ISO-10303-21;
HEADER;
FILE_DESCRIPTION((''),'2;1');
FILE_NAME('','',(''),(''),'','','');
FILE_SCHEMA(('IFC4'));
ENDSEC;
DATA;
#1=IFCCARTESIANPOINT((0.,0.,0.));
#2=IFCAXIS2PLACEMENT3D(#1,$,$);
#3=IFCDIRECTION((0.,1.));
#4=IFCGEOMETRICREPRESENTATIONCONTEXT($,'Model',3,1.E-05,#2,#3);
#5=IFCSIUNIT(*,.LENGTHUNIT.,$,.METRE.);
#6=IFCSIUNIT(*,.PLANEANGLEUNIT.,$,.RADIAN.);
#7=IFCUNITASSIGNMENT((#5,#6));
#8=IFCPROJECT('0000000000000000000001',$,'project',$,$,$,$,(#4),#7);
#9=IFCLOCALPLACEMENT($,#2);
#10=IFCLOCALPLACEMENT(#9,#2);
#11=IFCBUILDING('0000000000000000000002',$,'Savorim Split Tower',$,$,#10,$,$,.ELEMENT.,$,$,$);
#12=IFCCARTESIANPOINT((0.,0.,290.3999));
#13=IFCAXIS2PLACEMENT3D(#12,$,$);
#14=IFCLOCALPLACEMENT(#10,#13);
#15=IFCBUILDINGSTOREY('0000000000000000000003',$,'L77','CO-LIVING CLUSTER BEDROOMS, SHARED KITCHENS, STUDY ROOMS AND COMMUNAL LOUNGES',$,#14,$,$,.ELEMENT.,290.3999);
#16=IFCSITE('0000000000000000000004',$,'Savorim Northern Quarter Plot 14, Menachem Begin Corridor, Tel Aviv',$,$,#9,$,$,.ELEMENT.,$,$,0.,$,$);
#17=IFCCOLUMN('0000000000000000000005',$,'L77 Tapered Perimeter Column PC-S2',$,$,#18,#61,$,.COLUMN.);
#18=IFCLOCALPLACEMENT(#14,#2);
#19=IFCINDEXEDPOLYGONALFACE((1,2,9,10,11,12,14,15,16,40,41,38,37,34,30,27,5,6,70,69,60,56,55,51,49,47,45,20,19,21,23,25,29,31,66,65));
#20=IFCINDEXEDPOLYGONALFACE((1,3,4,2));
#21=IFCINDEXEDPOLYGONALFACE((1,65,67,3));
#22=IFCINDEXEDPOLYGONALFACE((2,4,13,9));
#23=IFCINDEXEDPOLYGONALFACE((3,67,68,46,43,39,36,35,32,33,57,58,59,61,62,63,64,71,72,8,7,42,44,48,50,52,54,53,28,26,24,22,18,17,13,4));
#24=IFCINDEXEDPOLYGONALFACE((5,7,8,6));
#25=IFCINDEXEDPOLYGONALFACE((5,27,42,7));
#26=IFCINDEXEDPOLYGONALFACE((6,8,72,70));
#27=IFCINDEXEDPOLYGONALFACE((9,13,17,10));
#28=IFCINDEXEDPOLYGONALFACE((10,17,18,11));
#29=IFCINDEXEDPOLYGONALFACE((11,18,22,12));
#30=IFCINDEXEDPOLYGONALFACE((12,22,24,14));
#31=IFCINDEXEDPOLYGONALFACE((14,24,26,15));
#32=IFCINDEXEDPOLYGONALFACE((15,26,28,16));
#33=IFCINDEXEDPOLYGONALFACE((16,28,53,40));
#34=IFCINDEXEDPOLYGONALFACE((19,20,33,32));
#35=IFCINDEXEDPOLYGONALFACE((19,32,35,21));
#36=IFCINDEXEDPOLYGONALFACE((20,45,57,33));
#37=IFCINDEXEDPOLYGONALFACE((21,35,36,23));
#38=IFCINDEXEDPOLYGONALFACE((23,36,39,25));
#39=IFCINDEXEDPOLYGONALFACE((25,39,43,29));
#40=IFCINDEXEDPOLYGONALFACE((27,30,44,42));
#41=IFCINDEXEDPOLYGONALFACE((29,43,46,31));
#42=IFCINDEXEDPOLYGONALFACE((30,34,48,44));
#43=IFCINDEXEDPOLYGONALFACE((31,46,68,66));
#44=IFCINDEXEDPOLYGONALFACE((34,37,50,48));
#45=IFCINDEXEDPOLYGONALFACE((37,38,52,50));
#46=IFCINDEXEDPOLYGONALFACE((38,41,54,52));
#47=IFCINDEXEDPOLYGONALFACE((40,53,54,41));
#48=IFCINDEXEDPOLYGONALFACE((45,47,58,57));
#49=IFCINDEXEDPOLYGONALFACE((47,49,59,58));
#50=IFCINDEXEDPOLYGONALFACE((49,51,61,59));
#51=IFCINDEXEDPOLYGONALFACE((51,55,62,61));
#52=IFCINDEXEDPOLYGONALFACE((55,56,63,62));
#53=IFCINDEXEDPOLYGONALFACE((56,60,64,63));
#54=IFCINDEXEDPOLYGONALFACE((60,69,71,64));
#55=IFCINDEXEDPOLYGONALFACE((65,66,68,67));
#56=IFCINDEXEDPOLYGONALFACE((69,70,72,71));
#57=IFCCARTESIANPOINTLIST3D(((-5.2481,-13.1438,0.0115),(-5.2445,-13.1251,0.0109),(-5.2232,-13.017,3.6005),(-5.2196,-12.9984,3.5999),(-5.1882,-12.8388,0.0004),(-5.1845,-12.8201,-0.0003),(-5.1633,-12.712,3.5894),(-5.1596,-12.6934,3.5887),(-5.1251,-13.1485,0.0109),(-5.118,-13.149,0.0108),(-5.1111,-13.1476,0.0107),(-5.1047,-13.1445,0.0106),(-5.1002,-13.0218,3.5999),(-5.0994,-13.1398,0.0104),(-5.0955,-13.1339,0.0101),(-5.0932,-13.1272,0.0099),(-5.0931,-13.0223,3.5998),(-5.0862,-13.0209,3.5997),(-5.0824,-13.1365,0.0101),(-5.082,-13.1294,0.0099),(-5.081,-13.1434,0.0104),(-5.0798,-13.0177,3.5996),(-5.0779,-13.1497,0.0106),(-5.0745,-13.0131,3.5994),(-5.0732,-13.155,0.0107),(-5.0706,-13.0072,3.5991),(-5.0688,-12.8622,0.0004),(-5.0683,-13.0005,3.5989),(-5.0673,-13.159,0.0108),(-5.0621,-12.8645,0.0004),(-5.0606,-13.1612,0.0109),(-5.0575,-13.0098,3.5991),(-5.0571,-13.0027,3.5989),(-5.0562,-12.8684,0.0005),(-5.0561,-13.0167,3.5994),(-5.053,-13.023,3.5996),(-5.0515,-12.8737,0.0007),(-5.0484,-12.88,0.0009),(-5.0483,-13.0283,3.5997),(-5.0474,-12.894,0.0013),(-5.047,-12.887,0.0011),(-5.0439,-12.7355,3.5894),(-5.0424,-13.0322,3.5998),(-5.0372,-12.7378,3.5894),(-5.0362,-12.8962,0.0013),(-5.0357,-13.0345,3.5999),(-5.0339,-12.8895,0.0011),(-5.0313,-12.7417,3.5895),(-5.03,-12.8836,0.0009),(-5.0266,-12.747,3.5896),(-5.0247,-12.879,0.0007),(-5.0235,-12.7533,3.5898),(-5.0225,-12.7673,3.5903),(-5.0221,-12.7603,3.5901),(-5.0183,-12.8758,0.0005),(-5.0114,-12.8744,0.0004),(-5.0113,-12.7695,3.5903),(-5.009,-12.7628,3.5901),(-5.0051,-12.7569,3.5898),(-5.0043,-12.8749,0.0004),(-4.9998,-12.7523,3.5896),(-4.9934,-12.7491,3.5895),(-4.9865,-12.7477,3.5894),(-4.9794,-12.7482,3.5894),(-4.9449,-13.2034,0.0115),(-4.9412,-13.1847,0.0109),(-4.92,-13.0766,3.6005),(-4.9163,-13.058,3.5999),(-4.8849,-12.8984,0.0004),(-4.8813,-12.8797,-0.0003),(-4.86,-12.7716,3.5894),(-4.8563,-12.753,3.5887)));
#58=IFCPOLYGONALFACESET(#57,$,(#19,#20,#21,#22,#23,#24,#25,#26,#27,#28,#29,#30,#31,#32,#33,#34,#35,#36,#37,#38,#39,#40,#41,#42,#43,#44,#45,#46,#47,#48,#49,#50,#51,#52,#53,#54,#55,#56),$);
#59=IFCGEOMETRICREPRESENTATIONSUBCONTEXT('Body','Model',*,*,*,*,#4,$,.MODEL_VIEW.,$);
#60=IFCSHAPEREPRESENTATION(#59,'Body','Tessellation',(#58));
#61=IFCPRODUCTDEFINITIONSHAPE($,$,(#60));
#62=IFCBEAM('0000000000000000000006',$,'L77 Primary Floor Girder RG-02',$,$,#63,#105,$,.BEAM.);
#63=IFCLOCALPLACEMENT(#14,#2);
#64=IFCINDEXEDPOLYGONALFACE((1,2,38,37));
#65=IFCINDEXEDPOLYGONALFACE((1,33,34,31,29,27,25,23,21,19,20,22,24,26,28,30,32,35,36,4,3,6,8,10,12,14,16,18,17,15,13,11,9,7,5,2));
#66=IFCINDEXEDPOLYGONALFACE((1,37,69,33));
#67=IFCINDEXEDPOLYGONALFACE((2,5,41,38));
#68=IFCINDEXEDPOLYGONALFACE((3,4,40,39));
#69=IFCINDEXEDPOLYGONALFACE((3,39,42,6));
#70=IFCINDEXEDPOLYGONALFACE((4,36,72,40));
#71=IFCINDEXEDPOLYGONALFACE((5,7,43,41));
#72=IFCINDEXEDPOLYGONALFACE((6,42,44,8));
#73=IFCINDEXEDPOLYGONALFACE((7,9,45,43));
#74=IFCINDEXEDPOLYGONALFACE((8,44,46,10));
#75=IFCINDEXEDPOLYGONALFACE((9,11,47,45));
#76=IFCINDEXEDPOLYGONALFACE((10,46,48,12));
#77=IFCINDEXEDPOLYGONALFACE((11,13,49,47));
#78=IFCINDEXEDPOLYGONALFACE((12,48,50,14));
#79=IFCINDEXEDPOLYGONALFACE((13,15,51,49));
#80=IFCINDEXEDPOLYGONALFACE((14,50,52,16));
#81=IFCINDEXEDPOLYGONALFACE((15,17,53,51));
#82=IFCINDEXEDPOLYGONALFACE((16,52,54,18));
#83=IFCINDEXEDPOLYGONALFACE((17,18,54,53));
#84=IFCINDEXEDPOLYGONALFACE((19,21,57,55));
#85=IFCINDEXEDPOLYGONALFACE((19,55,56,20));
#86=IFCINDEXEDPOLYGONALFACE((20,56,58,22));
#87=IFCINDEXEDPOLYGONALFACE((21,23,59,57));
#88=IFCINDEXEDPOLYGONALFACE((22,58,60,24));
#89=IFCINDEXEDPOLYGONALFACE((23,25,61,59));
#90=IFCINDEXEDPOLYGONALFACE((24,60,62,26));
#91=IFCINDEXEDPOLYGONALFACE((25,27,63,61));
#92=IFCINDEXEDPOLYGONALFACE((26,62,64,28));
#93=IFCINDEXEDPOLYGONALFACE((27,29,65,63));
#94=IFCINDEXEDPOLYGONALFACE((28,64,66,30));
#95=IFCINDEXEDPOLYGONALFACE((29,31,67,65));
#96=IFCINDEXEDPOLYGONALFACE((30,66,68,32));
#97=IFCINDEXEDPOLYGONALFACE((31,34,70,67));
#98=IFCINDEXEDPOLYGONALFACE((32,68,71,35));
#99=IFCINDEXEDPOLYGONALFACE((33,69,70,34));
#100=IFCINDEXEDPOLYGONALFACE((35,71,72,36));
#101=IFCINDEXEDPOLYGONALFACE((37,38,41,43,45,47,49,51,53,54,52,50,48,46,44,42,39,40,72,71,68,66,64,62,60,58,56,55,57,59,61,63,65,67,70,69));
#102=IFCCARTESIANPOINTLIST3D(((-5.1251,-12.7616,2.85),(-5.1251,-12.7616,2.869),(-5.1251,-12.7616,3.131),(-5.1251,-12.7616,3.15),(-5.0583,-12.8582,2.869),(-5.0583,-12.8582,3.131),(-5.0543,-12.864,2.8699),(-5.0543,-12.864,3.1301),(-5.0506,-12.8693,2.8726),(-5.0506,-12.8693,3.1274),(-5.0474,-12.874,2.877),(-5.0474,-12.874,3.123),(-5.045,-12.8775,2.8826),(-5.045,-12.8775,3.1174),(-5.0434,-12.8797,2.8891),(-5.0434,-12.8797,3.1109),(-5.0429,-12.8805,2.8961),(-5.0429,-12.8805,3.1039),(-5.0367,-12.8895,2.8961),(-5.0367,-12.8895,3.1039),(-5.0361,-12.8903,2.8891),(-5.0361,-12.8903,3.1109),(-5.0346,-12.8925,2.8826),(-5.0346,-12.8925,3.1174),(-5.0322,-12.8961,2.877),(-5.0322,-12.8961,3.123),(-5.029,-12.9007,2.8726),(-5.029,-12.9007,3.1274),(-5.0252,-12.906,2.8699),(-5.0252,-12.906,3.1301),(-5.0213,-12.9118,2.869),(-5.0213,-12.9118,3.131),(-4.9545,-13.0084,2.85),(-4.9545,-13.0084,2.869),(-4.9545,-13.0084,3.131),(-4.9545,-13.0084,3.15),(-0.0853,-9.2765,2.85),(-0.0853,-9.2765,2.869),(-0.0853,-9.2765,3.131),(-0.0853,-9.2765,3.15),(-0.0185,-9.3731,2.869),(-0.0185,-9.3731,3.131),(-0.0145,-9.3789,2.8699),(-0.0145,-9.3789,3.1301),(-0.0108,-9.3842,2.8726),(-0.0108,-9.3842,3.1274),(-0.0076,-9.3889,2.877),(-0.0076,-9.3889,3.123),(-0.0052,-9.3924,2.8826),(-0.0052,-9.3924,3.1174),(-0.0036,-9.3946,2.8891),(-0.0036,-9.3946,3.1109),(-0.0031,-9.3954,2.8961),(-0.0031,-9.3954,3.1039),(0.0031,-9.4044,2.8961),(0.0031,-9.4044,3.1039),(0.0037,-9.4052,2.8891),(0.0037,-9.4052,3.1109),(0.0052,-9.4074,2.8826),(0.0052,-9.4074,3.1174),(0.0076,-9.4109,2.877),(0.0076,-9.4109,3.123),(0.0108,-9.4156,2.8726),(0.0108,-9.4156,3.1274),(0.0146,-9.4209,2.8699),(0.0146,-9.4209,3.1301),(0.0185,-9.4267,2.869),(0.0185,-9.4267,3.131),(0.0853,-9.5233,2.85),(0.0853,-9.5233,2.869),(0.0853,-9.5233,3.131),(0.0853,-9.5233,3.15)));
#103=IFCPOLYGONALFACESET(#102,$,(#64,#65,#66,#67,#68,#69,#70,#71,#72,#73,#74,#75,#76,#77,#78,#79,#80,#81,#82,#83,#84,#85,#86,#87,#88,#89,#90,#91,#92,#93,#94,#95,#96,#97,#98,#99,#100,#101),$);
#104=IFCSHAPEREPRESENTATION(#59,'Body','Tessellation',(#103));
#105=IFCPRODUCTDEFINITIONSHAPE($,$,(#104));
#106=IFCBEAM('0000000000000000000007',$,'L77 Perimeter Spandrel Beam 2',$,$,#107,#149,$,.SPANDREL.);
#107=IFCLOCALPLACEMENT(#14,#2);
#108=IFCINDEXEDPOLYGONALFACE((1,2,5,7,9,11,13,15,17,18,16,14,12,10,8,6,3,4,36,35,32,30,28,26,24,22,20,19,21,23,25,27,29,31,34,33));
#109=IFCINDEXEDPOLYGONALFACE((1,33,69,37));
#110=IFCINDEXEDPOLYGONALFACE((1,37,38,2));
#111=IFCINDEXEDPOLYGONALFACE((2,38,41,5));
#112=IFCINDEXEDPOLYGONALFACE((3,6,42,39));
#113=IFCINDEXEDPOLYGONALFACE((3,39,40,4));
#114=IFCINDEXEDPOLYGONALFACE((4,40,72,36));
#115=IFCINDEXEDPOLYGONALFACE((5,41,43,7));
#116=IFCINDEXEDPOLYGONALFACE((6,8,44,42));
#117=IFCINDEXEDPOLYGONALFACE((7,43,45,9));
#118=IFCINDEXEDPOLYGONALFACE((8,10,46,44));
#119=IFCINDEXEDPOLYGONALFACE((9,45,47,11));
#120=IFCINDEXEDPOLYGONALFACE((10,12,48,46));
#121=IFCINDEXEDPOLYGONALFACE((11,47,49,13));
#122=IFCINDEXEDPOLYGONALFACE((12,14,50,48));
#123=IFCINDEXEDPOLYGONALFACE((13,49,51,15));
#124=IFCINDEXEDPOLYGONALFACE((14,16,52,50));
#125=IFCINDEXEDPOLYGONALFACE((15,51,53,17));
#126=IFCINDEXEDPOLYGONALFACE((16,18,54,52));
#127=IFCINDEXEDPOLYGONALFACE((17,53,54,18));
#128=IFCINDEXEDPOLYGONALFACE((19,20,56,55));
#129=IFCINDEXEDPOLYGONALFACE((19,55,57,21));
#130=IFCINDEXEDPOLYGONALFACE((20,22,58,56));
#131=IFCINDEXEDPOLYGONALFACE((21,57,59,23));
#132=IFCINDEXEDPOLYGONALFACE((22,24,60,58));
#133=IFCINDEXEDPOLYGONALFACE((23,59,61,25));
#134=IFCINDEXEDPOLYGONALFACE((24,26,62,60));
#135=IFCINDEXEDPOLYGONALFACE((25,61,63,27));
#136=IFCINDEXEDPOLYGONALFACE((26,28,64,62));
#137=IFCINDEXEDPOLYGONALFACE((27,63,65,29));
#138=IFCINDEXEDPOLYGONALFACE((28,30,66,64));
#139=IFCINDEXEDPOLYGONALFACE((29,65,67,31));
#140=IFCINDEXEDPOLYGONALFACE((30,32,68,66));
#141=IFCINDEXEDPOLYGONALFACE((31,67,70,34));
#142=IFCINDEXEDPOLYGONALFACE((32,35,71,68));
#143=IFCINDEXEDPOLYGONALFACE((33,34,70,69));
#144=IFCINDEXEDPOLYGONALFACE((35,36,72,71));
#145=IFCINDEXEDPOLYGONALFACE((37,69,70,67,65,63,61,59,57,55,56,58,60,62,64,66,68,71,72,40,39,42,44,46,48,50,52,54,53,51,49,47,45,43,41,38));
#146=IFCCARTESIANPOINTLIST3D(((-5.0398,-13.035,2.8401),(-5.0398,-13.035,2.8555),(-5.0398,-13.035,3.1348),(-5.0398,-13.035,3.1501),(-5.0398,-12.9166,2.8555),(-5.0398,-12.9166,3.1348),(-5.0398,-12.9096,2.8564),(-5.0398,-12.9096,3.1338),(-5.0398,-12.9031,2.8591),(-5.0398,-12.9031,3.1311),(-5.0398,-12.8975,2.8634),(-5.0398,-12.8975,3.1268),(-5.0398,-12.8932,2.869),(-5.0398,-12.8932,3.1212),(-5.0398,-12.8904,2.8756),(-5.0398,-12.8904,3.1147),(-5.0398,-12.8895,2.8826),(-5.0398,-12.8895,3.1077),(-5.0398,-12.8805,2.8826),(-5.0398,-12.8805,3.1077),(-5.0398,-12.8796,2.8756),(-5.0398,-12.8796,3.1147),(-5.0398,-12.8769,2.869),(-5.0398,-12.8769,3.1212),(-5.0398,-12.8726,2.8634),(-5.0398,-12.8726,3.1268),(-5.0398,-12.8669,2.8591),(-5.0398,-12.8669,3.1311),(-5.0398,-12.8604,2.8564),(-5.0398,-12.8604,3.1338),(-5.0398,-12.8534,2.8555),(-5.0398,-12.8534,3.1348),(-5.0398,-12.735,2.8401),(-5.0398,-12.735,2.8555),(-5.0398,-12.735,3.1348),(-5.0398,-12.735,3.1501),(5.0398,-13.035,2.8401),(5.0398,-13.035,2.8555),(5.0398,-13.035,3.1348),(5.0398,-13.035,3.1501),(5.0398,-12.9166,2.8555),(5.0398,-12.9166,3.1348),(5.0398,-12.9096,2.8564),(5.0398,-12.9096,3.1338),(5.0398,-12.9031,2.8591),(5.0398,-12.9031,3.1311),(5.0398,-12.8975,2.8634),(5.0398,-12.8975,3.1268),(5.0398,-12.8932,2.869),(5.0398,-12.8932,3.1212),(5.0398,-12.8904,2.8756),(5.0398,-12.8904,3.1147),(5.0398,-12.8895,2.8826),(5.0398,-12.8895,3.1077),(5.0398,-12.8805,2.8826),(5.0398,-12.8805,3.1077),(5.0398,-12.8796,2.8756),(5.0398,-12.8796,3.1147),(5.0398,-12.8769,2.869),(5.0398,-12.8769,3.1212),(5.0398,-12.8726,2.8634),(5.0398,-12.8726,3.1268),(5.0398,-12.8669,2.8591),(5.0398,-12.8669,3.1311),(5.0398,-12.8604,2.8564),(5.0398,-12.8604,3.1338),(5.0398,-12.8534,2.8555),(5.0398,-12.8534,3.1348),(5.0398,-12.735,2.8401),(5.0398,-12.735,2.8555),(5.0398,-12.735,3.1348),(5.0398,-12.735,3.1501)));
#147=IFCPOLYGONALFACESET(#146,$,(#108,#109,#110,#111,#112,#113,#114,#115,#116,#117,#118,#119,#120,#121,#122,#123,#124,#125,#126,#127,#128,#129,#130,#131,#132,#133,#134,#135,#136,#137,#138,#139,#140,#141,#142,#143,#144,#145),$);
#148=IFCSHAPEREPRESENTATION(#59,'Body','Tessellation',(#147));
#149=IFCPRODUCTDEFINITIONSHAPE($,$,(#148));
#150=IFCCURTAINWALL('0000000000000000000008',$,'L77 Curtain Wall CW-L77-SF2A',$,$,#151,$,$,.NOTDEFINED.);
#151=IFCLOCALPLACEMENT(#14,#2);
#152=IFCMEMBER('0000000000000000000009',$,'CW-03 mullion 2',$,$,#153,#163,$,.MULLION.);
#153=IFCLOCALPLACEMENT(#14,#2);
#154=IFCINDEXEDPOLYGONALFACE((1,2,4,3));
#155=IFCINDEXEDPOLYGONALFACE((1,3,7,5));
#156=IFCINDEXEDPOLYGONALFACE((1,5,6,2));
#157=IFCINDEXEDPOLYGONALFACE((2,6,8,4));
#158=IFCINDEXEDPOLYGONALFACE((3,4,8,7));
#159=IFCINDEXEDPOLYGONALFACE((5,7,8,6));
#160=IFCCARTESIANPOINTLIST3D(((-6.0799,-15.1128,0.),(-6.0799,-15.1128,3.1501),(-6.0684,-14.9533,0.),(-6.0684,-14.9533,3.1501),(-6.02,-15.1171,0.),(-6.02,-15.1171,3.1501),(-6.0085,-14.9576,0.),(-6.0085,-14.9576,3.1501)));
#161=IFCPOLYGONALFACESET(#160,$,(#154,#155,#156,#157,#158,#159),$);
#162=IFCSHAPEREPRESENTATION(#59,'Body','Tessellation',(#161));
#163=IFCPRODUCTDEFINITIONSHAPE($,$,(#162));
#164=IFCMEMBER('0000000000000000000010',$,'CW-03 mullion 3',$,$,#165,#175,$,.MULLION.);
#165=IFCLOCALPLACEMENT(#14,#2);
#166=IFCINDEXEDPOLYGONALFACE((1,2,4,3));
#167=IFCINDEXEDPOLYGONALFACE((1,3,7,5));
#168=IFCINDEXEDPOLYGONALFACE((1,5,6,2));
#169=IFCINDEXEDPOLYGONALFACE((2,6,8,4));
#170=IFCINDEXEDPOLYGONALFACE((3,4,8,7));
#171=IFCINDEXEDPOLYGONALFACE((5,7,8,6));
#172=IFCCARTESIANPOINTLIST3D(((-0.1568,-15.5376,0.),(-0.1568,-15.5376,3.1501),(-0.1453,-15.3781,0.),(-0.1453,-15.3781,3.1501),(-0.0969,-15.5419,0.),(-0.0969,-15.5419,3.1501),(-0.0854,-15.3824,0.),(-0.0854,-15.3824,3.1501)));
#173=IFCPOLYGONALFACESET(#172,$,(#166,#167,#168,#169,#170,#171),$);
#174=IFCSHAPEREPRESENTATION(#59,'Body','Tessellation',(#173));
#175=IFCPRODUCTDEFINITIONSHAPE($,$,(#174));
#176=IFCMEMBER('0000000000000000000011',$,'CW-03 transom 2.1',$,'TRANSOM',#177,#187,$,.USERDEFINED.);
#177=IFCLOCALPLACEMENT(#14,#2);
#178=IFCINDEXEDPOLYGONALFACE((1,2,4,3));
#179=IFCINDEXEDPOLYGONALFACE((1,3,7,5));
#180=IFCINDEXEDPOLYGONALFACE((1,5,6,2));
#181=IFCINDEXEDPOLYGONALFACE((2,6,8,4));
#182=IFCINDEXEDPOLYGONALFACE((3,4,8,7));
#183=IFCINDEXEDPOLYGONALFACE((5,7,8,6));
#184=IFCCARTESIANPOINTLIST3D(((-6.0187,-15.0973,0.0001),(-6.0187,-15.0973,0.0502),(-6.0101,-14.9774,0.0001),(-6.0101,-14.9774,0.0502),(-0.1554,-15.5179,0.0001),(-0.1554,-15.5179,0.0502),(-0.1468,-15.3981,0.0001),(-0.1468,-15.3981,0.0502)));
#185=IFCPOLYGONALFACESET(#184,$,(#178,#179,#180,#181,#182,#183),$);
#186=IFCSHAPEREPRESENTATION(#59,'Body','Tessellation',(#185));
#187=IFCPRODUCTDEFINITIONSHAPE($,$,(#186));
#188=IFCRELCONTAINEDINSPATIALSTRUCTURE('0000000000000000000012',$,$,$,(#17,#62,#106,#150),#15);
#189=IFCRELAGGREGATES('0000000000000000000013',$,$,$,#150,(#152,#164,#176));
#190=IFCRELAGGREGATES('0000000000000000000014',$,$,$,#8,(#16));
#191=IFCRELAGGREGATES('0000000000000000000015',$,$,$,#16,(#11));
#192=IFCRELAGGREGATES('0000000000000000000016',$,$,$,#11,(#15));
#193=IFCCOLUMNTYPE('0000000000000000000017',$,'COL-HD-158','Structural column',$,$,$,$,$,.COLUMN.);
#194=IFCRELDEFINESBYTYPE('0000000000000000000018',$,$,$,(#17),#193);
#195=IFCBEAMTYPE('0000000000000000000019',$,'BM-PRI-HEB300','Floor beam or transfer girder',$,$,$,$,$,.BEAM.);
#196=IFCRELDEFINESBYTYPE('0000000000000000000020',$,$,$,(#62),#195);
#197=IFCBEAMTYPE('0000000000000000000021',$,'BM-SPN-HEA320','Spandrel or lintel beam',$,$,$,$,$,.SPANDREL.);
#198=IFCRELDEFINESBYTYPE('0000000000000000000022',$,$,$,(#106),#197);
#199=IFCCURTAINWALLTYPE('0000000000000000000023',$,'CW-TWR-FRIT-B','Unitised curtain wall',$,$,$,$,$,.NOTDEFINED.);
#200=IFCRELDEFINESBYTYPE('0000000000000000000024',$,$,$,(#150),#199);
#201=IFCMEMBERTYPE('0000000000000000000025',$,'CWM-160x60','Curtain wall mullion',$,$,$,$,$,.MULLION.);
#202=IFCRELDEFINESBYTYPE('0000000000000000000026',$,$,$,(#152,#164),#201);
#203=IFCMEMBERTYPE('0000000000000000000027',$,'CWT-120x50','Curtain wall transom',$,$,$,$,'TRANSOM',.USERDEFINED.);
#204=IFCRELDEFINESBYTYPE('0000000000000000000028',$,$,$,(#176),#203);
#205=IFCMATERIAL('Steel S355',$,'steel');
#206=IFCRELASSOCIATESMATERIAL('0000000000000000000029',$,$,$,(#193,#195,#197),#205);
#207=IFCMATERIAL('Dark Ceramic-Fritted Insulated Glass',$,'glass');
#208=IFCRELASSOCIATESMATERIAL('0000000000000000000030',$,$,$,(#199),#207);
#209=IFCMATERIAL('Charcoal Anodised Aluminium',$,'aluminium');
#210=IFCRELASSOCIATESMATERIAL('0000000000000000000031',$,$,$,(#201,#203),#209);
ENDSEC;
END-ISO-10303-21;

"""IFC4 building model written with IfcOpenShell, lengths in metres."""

from ifc_helpers import new_model, si_unit, direction, frame, origin, origin_2d, place, context, subcontext, project, spatial, rectangle, i_section, extrude, material, material_profile, profile_set, type_object, element, aggregate, save


model = new_model("IFC4")

# Units and contexts
model_context = context("Model", 3, precision=1e-05, world=origin(), true_north=direction((0.0, 1.0)))
body_context = subcontext(model_context, "Body", "Model", "MODEL_VIEW")
ifc_project = project(units=[si_unit("LENGTHUNIT", "METRE"), si_unit("PLANEANGLEUNIT", "RADIAN")], contexts=[model_context])

# Site, building, storey
site_placement = place(None, origin())
site = spatial("IfcSite", under=ifc_project, at=site_placement, Name="Savorim Northern Quarter Plot 14, Menachem Begin Corridor, Tel Aviv", CompositionType="ELEMENT", RefElevation=0.0)
building_placement = place(site_placement, origin())
building = spatial("IfcBuilding", under=site, at=building_placement, Name="Savorim Split Tower", CompositionType="ELEMENT")
storey_placement = place(building_placement, frame((0.0, 0.0, 290.3999)))
storey = spatial("IfcBuildingStorey", under=building, at=storey_placement, Name="L77", Description="CO-LIVING CLUSTER BEDROOMS, SHARED KITCHENS, STUDY ROOMS AND COMMUNAL LOUNGES", CompositionType="ELEMENT", Elevation=290.3999)

# Column
ifc_material_1 = material(Name="Steel S355", Category="steel")
ifc_material_profile_1 = material_profile(ifc_material_1, i_section(OverallWidth=0.3091, OverallDepth=0.3301, WebThickness=0.0115, FlangeThickness=0.019, FilletRadius=0.0271, at=origin_2d()), Name="HD 320x158")
ifc_profile_set_1 = profile_set([ifc_material_profile_1], Name="Steel S355")
column_type = type_object("IfcColumnType", Name="COL-HD-158", Description="Structural column", PredefinedType="COLUMN", material=ifc_profile_set_1)
column_placement = place(storey_placement, frame((-5.0647, -13.0117, 0.0056), z_axis=(0.006934, 0.035283, 0.999353), x_axis=(-0.98123, 0.192843, 0.0)))
element("IfcColumn", 1, at=column_placement, inside=storey, type_object=column_type, Name="L77 Tapered Perimeter Column PC-S2", PredefinedType="COLUMN", context=body_context, shape_type="SweptSolid", body=[
    extrude(i_section(OverallWidth=0.3091, OverallDepth=0.3301, WebThickness=0.0115, FlangeThickness=0.019, FilletRadius=0.0271, at=origin_2d()), origin(), (0.0, 0.0, 1.0), 3.5913),
])

# Beams
ifc_material_profile_2 = material_profile(ifc_material_1, i_section(OverallWidth=0.3, OverallDepth=0.3, WebThickness=0.011, FlangeThickness=0.019, FilletRadius=0.0271, at=origin_2d()), Name="HEB 300")
ifc_profile_set_2 = profile_set([ifc_material_profile_2], Name="Steel S355")
beam_type_1 = type_object("IfcBeamType", Name="BM-PRI-HEB300", Description="Floor beam or transfer girder", PredefinedType="BEAM", material=ifc_profile_set_2)
beam_1_placement = place(storey_placement, frame((-5.0398, -12.885, 3.0), z_axis=(0.822496, 0.568771, 0.0), x_axis=(-0.568771, 0.822496, 0.0)))
element("IfcBeam", 2, at=beam_1_placement, inside=storey, type_object=beam_type_1, Name="L77 Primary Floor Girder RG-02", PredefinedType="BEAM", context=body_context, shape_type="SweptSolid", body=[
    extrude(i_section(OverallWidth=0.3, OverallDepth=0.3, WebThickness=0.011, FlangeThickness=0.019, FilletRadius=0.0271, at=origin_2d()), origin(), (0.0, 0.0, 1.0), 6.1274),
])
ifc_material_profile_3 = material_profile(ifc_material_1, i_section(OverallWidth=0.3, OverallDepth=0.3101, WebThickness=0.009, FlangeThickness=0.0154, FilletRadius=0.0271, at=origin_2d()), Name="HEA 320")
ifc_profile_set_3 = profile_set([ifc_material_profile_3], Name="Steel S355")
beam_type_2 = type_object("IfcBeamType", Name="BM-SPN-HEA320", Description="Spandrel or lintel beam", PredefinedType="SPANDREL", material=ifc_profile_set_3)
beam_2_placement = place(storey_placement, frame((-5.0398, -12.885, 2.9951), z_axis=(1.0, 0.0, 0.0), x_axis=(0.0, 1.0, 0.0)))
element("IfcBeam", 3, at=beam_2_placement, inside=storey, type_object=beam_type_2, Name="L77 Perimeter Spandrel Beam 2", PredefinedType="SPANDREL", context=body_context, shape_type="SweptSolid", body=[
    extrude(i_section(OverallWidth=0.3, OverallDepth=0.3101, WebThickness=0.009, FlangeThickness=0.0154, FilletRadius=0.0271, at=origin_2d()), origin(), (0.0, 0.0, 1.0), 10.0796),
])

# Curtain wall, members
ifc_material_2 = material(Name="Dark Ceramic-Fritted Insulated Glass", Category="glass")
curtain_wall_type = type_object("IfcCurtainWallType", Name="CW-TWR-FRIT-B", Description="Unitised curtain wall", PredefinedType="NOTDEFINED", material=ifc_material_2)
curtain_wall_placement = place(storey_placement, origin())
curtain_wall = element("IfcCurtainWall", 4, at=curtain_wall_placement, inside=storey, type_object=curtain_wall_type, Name="L77 Curtain Wall CW-L77-SF2A", PredefinedType="NOTDEFINED")
ifc_material_3 = material(Name="Charcoal Anodised Aluminium", Category="aluminium")
ifc_material_profile_4 = material_profile(ifc_material_3, rectangle(XDim=0.1599, YDim=0.0601, at=origin_2d()), Name="ALU-M 160x60")
ifc_profile_set_4 = profile_set([ifc_material_profile_4], Name="Charcoal Anodised Aluminium")
member_type_1 = type_object("IfcMemberType", Name="CWM-160x60", Description="Curtain wall mullion", PredefinedType="MULLION", material=ifc_profile_set_4)
member_1_placement = place(storey_placement, frame((-6.0442, -15.0352, 0.0), z_axis=(0.0, 0.0, 1.0), x_axis=(0.07156, 0.997436, 0.0)))
member_1 = element("IfcMember", 5, at=member_1_placement, type_object=member_type_1, Name="CW-03 mullion 2", PredefinedType="MULLION", context=body_context, shape_type="SweptSolid", body=[
    extrude(rectangle(XDim=0.1599, YDim=0.0601, at=origin_2d()), origin(), (0.0, 0.0, 1.0), 3.1501),
])
member_2_placement = place(storey_placement, frame((-0.1211, -15.46, 0.0), z_axis=(0.0, 0.0, 1.0), x_axis=(0.07156, 0.997436, 0.0)))
member_2 = element("IfcMember", 6, at=member_2_placement, type_object=member_type_1, Name="CW-03 mullion 3", PredefinedType="MULLION", context=body_context, shape_type="SweptSolid", body=[
    extrude(rectangle(XDim=0.1599, YDim=0.0601, at=origin_2d()), origin(), (0.0, 0.0, 1.0), 3.1501),
])
ifc_material_profile_5 = material_profile(ifc_material_3, rectangle(XDim=0.1201, YDim=0.05, at=origin_2d()), Name="ALU-T 120x50")
ifc_profile_set_5 = profile_set([ifc_material_profile_5], Name="Charcoal Anodised Aluminium")
member_type_2 = type_object("IfcMemberType", Name="CWT-120x50", Description="Curtain wall transom", ElementType="TRANSOM", PredefinedType="USERDEFINED", material=ifc_profile_set_5)
member_3_placement = place(storey_placement, frame((-6.0144, -15.0374, 0.0251), z_axis=(0.997436, -0.07156, 0.0), x_axis=(0.07156, 0.997436, 0.0)))
member_3 = element("IfcMember", 7, at=member_3_placement, type_object=member_type_2, Name="CW-03 transom 2.1", ObjectType="TRANSOM", PredefinedType="USERDEFINED", context=body_context, shape_type="SweptSolid", body=[
    extrude(rectangle(XDim=0.1201, YDim=0.05, at=origin_2d()), origin(), (0.0, 0.0, 1.0), 5.8784),
])
aggregate(curtain_wall, [member_1, member_2, member_3])

save(model, "model.ifc")
